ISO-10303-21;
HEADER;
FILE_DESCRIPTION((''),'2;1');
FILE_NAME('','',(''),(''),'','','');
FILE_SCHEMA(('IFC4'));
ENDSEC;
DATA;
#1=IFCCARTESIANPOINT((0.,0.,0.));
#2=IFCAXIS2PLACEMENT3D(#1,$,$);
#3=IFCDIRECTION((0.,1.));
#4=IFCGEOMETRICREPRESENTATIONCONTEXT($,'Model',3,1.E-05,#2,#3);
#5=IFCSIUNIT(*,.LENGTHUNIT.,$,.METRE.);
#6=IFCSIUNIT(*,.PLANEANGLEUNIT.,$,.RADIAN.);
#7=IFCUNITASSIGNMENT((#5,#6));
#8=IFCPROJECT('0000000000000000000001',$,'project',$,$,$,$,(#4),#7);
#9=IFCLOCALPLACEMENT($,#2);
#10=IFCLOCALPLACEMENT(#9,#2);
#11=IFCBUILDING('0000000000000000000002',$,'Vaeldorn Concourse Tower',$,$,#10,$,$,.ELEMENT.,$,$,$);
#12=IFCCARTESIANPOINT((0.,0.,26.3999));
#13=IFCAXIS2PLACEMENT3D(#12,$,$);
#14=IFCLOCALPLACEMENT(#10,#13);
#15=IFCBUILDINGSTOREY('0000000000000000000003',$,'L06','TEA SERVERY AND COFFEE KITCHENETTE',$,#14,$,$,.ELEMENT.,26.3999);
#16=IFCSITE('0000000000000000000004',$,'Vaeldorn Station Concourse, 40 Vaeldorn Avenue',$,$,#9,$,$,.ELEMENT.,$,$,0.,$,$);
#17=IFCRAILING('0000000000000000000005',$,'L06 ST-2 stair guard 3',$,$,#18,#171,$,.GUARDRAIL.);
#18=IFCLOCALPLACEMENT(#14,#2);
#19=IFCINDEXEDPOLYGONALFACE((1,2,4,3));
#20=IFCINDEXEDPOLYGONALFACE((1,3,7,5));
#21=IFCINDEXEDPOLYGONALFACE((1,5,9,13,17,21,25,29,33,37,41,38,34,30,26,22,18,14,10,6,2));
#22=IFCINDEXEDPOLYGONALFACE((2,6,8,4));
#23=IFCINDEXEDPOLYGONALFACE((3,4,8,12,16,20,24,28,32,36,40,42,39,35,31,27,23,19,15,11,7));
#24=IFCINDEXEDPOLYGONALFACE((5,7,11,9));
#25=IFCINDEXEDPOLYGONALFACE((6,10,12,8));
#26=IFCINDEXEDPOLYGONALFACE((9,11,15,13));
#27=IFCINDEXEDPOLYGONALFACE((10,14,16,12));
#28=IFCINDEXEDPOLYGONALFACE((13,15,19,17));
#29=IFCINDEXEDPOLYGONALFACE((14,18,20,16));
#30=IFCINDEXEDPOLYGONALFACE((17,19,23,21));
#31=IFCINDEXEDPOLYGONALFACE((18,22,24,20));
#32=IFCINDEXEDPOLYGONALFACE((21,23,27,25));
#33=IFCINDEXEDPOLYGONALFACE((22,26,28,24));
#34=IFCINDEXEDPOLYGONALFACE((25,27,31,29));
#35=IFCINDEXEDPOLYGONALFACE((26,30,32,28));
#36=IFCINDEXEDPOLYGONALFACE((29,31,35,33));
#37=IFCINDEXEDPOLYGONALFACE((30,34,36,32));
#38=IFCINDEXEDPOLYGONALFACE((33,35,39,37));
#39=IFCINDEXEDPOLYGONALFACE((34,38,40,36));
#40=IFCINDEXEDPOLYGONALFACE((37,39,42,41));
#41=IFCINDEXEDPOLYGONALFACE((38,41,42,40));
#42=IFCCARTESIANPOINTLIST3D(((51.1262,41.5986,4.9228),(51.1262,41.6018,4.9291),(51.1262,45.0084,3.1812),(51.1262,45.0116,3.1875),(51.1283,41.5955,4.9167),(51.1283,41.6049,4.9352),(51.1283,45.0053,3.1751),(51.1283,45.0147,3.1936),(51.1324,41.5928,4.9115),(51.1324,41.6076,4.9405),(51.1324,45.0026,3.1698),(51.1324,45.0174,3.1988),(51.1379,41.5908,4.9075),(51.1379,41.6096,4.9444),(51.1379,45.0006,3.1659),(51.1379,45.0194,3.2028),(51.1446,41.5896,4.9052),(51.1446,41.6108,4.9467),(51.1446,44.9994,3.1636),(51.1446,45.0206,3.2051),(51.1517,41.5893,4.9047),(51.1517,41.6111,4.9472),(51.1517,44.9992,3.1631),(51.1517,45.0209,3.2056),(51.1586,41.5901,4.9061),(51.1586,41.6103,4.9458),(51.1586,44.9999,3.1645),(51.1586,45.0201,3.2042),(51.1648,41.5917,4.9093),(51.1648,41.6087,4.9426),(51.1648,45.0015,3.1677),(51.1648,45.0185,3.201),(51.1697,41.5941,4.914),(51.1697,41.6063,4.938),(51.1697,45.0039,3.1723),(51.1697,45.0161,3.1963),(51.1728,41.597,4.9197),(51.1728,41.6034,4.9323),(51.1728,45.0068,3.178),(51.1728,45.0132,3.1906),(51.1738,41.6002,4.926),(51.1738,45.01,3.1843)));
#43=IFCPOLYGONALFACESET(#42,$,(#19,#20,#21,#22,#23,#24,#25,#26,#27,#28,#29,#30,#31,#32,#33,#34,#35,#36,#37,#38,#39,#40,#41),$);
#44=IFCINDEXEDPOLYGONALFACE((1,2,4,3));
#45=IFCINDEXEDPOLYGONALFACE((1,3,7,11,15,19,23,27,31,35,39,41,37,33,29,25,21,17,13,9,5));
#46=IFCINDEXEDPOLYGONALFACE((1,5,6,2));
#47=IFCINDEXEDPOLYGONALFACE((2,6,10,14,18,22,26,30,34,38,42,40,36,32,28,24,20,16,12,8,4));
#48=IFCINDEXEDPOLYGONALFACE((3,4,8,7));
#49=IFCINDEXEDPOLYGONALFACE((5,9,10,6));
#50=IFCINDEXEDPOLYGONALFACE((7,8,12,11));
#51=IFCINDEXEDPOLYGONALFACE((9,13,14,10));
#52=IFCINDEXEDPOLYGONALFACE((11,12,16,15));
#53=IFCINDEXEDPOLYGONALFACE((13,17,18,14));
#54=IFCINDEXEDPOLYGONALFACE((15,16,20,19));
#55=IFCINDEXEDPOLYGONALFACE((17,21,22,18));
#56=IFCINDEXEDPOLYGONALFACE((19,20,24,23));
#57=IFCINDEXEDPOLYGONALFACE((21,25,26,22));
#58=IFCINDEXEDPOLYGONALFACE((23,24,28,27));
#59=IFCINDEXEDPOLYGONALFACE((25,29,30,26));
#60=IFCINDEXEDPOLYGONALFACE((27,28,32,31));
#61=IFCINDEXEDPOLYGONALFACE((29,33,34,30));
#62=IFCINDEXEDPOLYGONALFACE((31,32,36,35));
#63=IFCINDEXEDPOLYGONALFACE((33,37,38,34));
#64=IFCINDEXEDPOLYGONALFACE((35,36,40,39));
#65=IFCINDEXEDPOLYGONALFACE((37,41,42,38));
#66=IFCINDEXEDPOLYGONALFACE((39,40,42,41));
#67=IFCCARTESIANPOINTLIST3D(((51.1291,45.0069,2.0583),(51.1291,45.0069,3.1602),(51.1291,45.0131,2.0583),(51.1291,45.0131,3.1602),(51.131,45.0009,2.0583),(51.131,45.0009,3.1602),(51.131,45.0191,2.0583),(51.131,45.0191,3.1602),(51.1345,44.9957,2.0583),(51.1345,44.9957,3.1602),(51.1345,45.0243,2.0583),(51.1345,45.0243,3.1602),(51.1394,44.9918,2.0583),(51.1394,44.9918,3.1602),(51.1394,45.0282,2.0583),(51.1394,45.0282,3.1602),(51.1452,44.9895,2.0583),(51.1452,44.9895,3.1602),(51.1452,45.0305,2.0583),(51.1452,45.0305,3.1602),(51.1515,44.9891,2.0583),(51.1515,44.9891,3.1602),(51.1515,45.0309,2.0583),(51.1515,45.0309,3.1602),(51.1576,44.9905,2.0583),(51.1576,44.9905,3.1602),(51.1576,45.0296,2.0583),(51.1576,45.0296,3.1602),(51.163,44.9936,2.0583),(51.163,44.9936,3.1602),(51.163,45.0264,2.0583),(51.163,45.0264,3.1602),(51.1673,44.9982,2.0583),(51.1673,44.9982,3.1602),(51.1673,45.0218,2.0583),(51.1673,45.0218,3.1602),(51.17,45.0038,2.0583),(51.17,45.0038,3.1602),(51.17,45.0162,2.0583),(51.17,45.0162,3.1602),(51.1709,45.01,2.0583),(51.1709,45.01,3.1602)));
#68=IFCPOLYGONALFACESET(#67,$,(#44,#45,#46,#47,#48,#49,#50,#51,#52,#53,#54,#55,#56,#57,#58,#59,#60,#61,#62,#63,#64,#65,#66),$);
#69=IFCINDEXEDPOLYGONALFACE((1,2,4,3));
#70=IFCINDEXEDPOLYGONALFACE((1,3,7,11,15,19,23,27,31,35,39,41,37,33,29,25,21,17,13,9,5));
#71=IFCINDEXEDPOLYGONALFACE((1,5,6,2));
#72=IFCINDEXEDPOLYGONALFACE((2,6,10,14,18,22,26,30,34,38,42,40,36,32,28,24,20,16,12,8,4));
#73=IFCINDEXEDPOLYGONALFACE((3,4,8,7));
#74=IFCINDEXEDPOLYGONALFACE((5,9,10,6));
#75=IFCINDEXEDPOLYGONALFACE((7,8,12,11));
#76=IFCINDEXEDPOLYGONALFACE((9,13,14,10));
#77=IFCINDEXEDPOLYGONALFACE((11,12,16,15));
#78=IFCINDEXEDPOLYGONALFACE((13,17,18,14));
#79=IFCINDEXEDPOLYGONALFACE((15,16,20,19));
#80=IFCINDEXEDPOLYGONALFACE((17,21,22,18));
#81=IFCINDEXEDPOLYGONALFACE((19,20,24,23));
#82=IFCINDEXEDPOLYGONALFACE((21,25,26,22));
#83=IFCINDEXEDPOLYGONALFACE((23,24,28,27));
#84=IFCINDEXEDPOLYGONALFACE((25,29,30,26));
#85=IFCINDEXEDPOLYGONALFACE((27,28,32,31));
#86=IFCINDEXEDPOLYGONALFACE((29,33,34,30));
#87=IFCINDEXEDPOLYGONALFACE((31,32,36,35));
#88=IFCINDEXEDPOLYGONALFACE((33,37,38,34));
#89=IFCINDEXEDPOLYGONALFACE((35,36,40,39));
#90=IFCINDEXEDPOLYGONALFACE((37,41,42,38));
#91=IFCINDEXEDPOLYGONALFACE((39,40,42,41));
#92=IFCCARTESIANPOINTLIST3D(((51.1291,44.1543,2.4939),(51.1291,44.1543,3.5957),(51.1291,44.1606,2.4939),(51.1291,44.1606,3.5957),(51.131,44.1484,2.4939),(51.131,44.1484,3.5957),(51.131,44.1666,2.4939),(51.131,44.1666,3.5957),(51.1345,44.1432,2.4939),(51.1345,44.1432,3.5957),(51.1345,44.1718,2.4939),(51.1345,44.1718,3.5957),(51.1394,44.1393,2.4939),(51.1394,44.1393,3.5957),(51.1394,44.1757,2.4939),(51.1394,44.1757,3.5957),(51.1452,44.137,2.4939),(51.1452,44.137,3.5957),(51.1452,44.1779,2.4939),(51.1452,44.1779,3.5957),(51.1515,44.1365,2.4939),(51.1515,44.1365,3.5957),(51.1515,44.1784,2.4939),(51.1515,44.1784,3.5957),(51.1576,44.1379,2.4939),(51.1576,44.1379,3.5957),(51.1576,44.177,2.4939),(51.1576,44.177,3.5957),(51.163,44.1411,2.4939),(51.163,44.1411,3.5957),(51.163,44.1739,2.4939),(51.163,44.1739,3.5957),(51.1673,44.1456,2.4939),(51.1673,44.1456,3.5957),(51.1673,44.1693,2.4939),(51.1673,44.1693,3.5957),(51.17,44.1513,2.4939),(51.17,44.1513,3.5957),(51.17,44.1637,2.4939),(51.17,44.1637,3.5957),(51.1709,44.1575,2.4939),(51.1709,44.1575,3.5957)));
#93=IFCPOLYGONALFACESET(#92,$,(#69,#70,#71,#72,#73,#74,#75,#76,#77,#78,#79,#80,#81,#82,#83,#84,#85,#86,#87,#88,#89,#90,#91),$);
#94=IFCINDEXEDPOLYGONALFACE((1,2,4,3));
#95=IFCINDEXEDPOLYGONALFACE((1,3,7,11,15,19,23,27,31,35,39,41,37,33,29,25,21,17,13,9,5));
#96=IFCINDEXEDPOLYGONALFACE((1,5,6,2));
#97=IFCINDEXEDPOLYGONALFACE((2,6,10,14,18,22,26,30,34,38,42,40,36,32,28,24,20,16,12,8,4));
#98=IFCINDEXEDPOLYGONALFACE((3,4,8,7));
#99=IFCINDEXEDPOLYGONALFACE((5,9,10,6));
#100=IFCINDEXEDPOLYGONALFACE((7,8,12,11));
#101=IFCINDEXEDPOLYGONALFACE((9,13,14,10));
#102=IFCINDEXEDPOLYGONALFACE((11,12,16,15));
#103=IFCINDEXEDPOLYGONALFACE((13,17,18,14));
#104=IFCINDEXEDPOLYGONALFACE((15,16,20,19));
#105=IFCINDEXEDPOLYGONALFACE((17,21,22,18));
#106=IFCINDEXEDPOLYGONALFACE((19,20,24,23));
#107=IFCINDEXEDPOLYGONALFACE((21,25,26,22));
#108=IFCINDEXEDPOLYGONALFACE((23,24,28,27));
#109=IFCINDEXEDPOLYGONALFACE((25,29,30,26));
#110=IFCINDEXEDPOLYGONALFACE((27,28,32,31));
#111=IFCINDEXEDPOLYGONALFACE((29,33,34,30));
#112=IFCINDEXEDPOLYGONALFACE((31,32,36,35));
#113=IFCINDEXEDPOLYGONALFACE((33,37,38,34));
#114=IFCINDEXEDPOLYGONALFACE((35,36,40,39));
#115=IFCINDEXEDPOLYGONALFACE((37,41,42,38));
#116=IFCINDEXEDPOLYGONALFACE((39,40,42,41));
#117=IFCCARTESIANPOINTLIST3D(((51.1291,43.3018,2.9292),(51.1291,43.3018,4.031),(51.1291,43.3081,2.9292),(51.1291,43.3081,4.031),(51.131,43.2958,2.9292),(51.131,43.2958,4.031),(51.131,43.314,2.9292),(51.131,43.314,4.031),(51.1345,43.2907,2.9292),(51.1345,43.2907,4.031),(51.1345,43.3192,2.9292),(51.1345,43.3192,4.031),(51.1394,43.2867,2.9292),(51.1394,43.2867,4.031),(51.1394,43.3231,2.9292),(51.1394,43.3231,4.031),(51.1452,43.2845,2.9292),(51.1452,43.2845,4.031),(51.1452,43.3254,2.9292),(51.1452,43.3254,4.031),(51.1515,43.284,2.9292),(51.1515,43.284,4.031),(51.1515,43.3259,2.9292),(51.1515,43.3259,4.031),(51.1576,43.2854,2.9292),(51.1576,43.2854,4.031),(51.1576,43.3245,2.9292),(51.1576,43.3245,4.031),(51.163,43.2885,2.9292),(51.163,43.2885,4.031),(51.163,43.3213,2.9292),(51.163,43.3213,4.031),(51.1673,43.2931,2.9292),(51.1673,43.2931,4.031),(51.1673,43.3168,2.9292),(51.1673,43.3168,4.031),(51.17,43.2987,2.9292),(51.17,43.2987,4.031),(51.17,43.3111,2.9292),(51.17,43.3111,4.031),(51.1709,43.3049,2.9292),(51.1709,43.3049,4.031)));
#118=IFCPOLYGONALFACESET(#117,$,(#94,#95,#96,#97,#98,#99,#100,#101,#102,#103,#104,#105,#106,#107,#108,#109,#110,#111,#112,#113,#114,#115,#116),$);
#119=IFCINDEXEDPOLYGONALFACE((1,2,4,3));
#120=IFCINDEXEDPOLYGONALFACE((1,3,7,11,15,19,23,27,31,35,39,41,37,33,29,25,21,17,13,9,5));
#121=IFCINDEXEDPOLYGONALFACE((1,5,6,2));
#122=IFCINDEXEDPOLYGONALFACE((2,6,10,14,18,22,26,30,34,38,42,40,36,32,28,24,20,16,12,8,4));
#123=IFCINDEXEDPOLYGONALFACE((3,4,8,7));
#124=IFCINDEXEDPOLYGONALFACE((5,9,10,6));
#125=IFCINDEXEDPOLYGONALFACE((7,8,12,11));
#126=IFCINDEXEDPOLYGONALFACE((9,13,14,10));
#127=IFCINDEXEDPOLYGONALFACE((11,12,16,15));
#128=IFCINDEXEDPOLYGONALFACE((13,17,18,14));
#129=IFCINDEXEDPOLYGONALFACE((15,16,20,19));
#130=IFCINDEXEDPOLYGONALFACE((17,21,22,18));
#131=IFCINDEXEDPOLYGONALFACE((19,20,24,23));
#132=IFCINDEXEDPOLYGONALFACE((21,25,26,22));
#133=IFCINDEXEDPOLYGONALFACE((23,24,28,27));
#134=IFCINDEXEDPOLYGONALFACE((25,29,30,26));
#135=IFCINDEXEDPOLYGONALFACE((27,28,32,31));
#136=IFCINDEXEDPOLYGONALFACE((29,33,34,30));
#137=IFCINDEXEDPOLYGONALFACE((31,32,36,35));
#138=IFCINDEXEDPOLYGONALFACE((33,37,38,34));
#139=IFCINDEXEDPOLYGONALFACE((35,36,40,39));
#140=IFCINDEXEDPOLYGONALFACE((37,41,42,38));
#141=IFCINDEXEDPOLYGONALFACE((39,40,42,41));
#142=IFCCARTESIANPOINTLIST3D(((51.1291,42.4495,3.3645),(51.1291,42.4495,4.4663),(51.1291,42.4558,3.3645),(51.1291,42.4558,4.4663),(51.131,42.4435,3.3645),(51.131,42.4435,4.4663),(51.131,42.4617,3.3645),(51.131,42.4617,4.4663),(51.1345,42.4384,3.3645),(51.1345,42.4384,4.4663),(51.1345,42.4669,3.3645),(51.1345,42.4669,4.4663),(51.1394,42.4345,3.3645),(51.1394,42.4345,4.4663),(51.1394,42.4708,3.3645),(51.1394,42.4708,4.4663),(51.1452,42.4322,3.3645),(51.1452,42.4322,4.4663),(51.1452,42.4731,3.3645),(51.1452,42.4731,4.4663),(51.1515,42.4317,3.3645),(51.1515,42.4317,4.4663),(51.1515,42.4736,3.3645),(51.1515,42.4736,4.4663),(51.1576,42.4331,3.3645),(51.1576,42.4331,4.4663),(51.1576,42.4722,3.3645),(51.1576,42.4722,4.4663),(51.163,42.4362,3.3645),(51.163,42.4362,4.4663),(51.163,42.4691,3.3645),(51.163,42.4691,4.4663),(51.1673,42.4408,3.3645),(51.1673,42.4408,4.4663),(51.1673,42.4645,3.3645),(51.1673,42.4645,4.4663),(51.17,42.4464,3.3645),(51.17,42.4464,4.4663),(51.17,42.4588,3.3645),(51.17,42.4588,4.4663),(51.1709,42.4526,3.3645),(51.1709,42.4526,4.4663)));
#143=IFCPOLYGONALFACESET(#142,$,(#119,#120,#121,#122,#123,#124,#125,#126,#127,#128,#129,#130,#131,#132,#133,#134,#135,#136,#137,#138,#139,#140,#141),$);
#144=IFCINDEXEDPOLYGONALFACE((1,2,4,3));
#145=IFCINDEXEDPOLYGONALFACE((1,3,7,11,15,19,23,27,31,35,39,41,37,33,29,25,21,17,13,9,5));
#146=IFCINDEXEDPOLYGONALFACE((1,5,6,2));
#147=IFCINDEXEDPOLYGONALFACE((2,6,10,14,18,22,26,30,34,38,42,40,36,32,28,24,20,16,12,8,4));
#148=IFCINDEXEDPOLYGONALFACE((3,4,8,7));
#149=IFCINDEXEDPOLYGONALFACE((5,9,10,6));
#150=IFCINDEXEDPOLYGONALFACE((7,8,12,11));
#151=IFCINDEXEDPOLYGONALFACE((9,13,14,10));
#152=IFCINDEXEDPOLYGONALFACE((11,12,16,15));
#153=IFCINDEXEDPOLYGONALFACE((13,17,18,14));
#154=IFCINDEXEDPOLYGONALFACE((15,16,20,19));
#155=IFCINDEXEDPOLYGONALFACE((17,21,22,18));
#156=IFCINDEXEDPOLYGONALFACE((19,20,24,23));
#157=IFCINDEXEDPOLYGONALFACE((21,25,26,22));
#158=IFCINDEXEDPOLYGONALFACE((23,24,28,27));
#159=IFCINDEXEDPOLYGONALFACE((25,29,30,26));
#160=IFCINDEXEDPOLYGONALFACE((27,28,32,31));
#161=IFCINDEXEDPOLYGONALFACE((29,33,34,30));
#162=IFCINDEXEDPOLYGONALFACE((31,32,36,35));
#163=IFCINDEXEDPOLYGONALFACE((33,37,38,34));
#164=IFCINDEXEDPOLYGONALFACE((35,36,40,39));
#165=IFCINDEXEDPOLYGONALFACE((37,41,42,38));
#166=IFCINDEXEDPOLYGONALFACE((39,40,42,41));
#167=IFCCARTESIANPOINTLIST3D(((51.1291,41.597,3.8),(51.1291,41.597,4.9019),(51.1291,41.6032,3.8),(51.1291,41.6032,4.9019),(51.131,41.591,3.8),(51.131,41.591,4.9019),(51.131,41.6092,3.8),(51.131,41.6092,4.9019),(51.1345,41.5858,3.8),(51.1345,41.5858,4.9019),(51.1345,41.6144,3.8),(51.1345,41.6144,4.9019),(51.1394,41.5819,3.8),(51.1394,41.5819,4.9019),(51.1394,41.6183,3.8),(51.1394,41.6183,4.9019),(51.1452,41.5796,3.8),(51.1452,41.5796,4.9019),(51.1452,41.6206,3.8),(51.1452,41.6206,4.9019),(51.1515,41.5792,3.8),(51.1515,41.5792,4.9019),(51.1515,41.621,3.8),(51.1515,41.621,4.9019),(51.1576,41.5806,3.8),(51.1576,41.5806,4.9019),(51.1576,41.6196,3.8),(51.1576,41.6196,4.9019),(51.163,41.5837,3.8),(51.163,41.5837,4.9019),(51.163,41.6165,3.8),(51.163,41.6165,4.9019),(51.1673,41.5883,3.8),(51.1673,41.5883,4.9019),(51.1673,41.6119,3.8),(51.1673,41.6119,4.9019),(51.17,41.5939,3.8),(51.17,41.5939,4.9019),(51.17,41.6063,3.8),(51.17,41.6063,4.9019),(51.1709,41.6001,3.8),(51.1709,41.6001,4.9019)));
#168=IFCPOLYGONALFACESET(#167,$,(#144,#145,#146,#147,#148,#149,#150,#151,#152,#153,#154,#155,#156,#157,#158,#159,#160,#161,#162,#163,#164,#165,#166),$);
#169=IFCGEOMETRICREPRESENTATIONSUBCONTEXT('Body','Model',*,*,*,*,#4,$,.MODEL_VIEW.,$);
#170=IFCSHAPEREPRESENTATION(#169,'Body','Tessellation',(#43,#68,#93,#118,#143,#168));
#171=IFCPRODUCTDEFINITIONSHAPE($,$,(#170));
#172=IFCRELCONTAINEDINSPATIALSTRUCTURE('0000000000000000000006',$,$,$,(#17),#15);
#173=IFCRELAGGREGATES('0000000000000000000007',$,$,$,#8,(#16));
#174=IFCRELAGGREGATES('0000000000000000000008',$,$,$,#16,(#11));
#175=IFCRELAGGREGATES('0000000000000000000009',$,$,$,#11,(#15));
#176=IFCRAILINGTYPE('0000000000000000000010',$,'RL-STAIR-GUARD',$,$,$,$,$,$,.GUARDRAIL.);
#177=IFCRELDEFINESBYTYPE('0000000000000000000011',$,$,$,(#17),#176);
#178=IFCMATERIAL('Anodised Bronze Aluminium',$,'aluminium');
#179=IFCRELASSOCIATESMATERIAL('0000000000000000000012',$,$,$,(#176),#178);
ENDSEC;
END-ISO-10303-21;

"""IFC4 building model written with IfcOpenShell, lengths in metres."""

from ifc_helpers import new_model, si_unit, direction, frame, origin, origin_2d, place, context, subcontext, project, spatial, circle, extrude, material, type_object, element, save


model = new_model("IFC4")

# Units and contexts
model_context = context("Model", 3, precision=1e-05, world=origin(), true_north=direction((0.0, 1.0)))
body_context = subcontext(model_context, "Body", "Model", "MODEL_VIEW")
ifc_project = project(units=[si_unit("LENGTHUNIT", "METRE"), si_unit("PLANEANGLEUNIT", "RADIAN")], contexts=[model_context])

# Site, building, storey
site_placement = place(None, origin())
site = spatial("IfcSite", under=ifc_project, at=site_placement, Name="Vaeldorn Station Concourse, 40 Vaeldorn Avenue", CompositionType="ELEMENT", RefElevation=0.0)
building_placement = place(site_placement, origin())
building = spatial("IfcBuilding", under=site, at=building_placement, Name="Vaeldorn Concourse Tower", CompositionType="ELEMENT")
storey_placement = place(building_placement, frame((0.0, 0.0, 26.3999)))
storey = spatial("IfcBuildingStorey", under=building, at=storey_placement, Name="L06", Description="TEA SERVERY AND COFFEE KITCHENETTE", CompositionType="ELEMENT", Elevation=26.3999)

# Shared definitions
ifc_material_1 = material(Name="Anodised Bronze Aluminium", Category="aluminium")

# Railing
railing_type_1 = type_object("IfcRailingType", Name="RL-STAIR-GUARD", PredefinedType="GUARDRAIL", material=ifc_material_1)
railing_1_placement = place(storey_placement, frame((51.1499, 45.01, 2.0583)))
element("IfcRailing", 1, at=railing_1_placement, inside=storey, type_object=railing_type_1, Name="L06 ST-2 stair guard 3", PredefinedType="GUARDRAIL", context=body_context, shape_type="SweptSolid", body=[
    extrude(circle(Radius=0.0239, at=origin_2d()), frame((0.0, 0.0, 1.126), z_axis=(0.0, -0.890556, 0.454874), x_axis=(1.0, 0.0, 0.0)), (0.0, 0.0, 1.0), 3.8289),
    extrude(circle(Radius=0.021, at=origin_2d()), origin(), (0.0, 0.0, 1.0), 1.1018),
    extrude(circle(Radius=0.021, at=origin_2d()), frame((0.0, -0.8525, 0.4355)), (0.0, 0.0, 1.0), 1.1018),
    extrude(circle(Radius=0.021, at=origin_2d()), frame((0.0, -1.7051, 0.8708)), (0.0, 0.0, 1.0), 1.1018),
    extrude(circle(Radius=0.021, at=origin_2d()), frame((0.0, -2.5574, 1.3062)), (0.0, 0.0, 1.0), 1.1018),
    extrude(circle(Radius=0.021, at=origin_2d()), frame((0.0, -3.4099, 1.7417)), (0.0, 0.0, 1.0), 1.1018),
])

save(model, "model.ifc")
